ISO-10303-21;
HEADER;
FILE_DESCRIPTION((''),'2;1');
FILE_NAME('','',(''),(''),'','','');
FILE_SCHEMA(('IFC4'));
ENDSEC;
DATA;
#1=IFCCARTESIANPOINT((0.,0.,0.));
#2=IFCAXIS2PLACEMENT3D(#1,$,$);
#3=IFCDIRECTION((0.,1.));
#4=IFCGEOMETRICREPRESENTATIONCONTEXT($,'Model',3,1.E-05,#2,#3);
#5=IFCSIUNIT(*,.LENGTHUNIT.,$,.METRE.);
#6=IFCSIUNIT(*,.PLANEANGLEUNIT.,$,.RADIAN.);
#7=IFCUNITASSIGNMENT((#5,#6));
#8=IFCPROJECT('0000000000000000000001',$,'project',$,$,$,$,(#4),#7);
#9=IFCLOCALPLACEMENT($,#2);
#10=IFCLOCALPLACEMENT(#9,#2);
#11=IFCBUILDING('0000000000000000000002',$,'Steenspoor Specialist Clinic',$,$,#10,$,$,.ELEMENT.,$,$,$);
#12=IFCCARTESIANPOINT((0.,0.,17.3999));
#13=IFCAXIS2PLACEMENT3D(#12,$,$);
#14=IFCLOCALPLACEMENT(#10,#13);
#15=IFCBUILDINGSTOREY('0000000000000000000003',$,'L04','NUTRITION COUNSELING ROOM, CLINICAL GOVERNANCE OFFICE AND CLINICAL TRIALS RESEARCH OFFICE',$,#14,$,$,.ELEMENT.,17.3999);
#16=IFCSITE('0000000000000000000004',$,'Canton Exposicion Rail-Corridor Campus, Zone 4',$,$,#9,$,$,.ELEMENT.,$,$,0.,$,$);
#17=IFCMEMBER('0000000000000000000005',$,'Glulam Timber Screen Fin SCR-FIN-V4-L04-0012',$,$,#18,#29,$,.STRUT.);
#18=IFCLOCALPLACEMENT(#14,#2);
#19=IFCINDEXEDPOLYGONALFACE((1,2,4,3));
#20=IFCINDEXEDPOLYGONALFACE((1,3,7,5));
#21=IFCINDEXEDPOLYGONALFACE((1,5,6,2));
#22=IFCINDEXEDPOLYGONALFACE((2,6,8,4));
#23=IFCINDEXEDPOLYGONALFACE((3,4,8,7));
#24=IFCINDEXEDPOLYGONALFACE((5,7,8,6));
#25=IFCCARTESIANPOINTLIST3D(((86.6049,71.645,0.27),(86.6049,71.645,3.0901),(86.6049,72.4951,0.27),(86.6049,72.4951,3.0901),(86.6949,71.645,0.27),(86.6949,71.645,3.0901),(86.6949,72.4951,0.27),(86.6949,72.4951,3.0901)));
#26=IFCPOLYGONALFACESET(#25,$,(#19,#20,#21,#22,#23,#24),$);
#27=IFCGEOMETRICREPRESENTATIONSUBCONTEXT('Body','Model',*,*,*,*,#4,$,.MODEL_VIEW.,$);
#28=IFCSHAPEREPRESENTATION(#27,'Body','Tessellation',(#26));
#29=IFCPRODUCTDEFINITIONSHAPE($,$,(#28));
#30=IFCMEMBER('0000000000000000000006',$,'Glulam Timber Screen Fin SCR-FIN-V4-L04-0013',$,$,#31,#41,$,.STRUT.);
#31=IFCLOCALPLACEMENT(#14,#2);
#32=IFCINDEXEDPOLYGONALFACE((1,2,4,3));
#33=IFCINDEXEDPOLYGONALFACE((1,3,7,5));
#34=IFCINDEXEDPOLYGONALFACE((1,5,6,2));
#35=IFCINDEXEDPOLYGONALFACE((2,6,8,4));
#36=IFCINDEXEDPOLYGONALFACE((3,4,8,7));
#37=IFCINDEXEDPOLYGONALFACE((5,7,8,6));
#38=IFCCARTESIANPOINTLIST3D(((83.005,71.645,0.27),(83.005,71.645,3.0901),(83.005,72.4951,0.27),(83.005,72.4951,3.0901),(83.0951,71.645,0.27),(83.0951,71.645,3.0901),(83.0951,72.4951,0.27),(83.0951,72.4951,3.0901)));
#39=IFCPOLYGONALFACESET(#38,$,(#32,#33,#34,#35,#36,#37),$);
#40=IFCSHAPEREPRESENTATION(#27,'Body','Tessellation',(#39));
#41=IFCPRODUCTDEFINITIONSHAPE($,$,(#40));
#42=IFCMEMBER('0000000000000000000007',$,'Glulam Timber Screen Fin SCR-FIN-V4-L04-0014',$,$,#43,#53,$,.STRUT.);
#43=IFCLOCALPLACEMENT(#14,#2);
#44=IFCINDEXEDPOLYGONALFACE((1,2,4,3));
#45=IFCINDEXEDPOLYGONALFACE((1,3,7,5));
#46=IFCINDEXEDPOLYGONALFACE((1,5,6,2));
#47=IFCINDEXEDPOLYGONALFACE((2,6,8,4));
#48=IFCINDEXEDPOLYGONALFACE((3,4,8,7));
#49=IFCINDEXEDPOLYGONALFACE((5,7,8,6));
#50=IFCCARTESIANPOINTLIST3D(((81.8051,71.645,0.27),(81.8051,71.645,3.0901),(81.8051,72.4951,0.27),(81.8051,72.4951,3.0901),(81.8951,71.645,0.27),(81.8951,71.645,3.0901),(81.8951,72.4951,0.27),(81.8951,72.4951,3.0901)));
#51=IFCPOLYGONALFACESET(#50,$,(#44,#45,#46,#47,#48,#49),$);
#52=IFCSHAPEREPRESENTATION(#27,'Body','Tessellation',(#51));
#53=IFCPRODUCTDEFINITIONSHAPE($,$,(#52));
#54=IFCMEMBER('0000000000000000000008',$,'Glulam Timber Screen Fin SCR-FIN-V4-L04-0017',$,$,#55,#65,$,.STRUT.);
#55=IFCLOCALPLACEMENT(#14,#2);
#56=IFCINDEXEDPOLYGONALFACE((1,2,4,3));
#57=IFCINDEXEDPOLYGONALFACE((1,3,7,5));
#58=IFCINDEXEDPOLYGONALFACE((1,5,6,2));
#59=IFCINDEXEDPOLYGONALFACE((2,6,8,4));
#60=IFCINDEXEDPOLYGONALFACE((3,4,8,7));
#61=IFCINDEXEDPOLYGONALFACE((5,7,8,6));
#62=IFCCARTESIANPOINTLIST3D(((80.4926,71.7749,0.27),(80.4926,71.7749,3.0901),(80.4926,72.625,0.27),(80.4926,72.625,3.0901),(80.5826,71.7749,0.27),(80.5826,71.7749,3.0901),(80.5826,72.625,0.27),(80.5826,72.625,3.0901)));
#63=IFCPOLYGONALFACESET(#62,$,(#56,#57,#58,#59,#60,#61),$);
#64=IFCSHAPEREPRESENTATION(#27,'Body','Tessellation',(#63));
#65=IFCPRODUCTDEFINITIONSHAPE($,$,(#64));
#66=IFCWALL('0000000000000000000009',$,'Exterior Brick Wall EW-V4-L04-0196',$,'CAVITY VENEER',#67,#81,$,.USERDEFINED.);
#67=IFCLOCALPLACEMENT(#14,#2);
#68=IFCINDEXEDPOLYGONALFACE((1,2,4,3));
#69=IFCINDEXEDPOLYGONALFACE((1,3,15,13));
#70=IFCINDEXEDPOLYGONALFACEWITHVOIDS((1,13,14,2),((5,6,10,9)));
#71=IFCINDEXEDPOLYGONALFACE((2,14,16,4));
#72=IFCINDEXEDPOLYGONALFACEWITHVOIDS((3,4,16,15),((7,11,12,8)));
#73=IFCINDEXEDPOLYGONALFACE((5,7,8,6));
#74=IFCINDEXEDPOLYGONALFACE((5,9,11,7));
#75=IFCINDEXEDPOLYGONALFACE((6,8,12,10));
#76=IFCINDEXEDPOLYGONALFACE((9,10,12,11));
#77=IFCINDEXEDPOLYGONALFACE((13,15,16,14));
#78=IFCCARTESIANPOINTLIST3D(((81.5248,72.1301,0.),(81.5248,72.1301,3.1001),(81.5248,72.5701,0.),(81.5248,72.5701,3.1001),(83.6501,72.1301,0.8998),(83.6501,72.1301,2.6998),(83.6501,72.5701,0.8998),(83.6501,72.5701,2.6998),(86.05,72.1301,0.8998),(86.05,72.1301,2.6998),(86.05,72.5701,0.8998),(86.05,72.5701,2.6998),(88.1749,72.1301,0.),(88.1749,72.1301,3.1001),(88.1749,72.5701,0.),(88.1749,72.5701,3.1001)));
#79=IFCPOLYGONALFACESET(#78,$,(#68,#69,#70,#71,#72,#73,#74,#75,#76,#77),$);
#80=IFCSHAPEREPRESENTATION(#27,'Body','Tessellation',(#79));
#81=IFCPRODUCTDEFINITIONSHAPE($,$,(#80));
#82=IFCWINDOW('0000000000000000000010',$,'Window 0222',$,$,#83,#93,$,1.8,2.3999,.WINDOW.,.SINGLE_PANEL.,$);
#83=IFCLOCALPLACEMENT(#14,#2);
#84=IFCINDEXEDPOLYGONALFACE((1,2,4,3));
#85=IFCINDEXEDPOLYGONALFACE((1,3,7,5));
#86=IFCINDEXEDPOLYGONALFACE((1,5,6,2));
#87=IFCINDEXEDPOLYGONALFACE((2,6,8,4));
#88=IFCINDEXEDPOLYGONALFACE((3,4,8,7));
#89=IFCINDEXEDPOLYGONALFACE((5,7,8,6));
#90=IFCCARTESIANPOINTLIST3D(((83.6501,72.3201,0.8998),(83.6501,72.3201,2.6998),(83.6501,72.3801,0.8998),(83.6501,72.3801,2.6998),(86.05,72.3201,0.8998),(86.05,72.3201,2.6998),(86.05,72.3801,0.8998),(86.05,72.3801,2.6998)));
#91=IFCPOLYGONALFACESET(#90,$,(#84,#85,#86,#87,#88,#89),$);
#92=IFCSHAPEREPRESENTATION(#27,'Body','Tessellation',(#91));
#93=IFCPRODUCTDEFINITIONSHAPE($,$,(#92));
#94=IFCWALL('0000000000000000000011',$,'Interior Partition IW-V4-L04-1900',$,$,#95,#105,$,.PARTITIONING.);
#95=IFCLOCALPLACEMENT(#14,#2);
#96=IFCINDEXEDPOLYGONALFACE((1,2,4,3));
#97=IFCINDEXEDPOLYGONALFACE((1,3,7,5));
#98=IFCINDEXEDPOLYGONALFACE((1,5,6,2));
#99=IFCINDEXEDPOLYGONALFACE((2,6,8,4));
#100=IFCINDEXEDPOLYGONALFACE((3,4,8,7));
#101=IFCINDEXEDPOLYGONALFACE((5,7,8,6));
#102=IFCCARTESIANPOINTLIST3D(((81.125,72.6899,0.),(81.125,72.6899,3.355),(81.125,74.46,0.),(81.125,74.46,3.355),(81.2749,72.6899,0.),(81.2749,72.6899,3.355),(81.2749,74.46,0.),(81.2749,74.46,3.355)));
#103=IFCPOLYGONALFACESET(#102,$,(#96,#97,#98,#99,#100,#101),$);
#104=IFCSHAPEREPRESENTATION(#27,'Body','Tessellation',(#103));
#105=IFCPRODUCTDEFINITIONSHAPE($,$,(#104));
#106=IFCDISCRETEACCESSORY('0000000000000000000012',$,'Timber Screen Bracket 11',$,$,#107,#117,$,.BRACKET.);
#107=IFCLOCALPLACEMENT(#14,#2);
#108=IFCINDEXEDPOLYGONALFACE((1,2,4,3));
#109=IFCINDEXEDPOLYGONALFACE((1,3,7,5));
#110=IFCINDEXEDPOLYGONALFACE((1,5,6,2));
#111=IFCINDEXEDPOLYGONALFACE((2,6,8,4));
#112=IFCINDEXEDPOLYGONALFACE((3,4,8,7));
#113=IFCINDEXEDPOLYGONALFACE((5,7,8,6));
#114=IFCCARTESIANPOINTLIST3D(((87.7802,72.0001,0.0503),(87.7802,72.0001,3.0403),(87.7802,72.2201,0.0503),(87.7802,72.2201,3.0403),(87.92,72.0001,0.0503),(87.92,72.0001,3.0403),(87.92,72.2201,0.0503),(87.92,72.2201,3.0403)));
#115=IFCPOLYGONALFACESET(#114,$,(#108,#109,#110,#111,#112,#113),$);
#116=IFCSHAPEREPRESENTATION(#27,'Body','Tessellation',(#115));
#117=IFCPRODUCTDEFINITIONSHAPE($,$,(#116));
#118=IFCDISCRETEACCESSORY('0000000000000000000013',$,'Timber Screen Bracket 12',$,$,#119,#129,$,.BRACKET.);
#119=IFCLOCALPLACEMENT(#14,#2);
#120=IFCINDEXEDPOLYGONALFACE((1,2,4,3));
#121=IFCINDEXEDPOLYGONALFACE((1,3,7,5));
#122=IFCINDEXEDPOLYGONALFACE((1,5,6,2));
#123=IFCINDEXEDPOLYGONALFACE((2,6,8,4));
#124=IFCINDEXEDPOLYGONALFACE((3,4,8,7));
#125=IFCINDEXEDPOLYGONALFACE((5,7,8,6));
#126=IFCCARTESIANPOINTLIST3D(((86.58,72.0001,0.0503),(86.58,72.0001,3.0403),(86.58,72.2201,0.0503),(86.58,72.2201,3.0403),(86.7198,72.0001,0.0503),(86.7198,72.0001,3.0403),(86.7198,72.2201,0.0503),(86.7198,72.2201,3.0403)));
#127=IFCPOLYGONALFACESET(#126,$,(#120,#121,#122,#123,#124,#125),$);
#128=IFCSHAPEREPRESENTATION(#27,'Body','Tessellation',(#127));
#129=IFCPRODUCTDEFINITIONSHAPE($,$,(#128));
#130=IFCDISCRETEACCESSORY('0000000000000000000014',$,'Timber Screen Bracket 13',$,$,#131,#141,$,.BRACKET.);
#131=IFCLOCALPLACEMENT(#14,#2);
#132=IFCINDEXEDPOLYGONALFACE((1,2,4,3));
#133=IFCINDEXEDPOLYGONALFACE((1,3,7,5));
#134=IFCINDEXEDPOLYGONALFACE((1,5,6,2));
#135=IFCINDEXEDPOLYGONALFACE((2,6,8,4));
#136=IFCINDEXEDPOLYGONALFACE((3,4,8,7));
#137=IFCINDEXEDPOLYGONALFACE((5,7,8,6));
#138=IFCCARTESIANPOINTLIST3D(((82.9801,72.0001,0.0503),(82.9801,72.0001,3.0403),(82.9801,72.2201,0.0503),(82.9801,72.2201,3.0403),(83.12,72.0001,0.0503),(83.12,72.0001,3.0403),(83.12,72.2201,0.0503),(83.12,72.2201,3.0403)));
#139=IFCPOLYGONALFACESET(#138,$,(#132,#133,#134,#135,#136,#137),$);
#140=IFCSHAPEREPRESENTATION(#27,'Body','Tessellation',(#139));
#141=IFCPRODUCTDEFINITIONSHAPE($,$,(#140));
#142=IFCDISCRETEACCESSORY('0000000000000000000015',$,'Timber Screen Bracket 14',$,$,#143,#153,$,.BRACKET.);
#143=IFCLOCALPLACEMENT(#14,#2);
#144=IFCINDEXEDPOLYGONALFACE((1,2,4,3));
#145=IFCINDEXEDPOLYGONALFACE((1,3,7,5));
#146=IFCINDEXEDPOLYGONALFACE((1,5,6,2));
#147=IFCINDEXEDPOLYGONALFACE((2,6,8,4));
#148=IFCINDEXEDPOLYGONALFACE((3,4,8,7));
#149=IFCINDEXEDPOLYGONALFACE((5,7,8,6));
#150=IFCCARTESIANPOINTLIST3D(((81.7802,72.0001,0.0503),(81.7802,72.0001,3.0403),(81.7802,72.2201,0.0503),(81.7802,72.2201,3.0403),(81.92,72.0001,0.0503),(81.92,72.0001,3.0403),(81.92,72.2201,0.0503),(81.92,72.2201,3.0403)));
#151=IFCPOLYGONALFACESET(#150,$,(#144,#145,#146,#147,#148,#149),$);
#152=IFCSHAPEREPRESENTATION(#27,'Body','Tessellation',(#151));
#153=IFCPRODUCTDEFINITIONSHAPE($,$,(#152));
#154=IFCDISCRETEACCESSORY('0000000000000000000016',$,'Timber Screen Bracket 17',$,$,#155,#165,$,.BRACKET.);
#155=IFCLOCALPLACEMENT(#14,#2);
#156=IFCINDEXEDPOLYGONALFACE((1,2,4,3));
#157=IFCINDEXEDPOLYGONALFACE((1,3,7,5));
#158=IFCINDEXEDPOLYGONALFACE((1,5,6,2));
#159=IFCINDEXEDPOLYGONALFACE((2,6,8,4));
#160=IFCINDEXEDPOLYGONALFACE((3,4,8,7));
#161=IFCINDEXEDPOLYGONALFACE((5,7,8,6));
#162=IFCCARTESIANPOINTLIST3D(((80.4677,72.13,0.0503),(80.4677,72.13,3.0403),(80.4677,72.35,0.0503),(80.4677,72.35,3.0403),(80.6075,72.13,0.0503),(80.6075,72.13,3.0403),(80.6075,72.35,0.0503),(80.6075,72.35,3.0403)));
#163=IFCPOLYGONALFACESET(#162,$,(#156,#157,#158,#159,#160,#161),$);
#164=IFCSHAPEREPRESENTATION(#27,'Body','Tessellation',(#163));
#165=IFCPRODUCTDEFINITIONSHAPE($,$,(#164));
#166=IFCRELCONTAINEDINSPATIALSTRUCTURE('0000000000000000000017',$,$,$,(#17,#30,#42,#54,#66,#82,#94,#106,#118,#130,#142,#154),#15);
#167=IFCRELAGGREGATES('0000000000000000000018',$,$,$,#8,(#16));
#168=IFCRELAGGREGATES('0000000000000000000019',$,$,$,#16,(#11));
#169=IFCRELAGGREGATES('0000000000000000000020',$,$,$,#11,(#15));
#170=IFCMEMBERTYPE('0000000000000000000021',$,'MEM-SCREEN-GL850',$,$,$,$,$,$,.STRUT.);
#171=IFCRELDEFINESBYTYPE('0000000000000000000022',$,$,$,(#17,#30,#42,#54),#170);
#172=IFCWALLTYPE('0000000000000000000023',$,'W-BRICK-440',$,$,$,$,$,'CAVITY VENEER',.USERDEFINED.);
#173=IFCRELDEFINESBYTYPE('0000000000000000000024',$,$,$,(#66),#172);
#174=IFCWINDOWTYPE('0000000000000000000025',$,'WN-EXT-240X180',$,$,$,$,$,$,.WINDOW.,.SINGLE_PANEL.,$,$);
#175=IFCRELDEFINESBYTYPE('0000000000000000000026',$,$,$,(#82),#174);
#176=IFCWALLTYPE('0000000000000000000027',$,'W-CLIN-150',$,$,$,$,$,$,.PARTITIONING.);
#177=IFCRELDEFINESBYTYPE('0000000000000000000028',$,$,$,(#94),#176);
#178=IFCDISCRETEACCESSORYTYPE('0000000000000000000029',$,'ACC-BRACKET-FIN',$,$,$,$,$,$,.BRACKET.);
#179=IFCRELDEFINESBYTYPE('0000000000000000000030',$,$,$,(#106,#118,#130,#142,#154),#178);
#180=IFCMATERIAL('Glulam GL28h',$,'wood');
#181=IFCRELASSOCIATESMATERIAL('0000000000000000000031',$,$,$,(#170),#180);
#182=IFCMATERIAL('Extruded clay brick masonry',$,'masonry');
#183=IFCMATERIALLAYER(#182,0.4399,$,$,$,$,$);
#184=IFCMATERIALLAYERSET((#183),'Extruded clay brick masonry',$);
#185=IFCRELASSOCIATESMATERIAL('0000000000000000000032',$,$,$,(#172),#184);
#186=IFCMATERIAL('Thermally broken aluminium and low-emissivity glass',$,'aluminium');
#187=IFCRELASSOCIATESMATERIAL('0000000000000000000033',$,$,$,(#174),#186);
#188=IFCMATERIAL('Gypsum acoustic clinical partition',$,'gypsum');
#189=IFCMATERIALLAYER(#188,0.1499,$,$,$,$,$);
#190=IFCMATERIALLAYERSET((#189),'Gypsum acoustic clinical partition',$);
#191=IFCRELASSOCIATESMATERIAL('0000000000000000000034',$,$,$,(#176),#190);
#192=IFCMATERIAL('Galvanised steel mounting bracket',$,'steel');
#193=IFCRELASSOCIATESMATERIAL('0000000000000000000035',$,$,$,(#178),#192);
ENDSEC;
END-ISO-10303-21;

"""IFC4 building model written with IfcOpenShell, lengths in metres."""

from ifc_helpers import new_model, si_unit, direction, frame, frame_2d, origin, origin_2d, place, context, subcontext, project, spatial, rectangle, extrude, material, layer, layer_set, material_profile, profile_set, type_object, element, fill, save


model = new_model("IFC4")

# Units and contexts
model_context = context("Model", 3, precision=1e-05, world=origin(), true_north=direction((0.0, 1.0)))
body_context = subcontext(model_context, "Body", "Model", "MODEL_VIEW")
ifc_project = project(units=[si_unit("LENGTHUNIT", "METRE"), si_unit("PLANEANGLEUNIT", "RADIAN")], contexts=[model_context])

# Site, building, storey
site_placement = place(None, origin())
site = spatial("IfcSite", under=ifc_project, at=site_placement, Name="Canton Exposicion Rail-Corridor Campus, Zone 4", CompositionType="ELEMENT", RefElevation=0.0)
building_placement = place(site_placement, origin())
building = spatial("IfcBuilding", under=site, at=building_placement, Name="Steenspoor Specialist Clinic", CompositionType="ELEMENT")
storey_placement = place(building_placement, frame((0.0, 0.0, 17.3999)))
storey = spatial("IfcBuildingStorey", under=building, at=storey_placement, Name="L04", Description="NUTRITION COUNSELING ROOM, CLINICAL GOVERNANCE OFFICE AND CLINICAL TRIALS RESEARCH OFFICE", CompositionType="ELEMENT", Elevation=17.3999)

# Shared definitions
ifc_material_1 = material(Name="Glulam GL28h", Category="wood")

# Shared definitions
ifc_material_2 = material(Name="Thermally broken aluminium and low-emissivity glass", Category="aluminium")

# Members
ifc_material_profile_1 = material_profile(ifc_material_1, rectangle(XDim=0.0901, YDim=0.8501, at=origin_2d()), Name="GL28H-90X850")
ifc_profile_set_1 = profile_set([ifc_material_profile_1], Name="Glulam GL28h")
member_type_1 = type_object("IfcMemberType", Name="MEM-SCREEN-GL850", PredefinedType="STRUT", material=ifc_profile_set_1)
for number, where, z_axis, x_axis, name in (
    (1, (86.6499, 72.0701, 0.27), (0.0, 0.0, 1.0), (-1.0, 0.0, 0.0), "Glulam Timber Screen Fin SCR-FIN-V4-L04-0012"),
    (2, (83.05, 72.0701, 0.27), (0.0, 0.0, 1.0), (-1.0, 0.0, 0.0), "Glulam Timber Screen Fin SCR-FIN-V4-L04-0013"),
    (3, (81.8501, 72.0701, 0.27), (0.0, 0.0, 1.0), (-1.0, 0.0, 0.0), "Glulam Timber Screen Fin SCR-FIN-V4-L04-0014"),
    (4, (80.5376, 72.2, 0.27), (0.0, 0.0, 1.0), (-1.0, 0.0, 0.0), "Glulam Timber Screen Fin SCR-FIN-V4-L04-0017"),
):
    element("IfcMember", number, at=place(storey_placement, frame(where, z_axis=z_axis, x_axis=x_axis)), inside=storey, type_object=member_type_1, Name=name, PredefinedType="STRUT", context=body_context, shape_type="SweptSolid", body=[
        extrude(rectangle(XDim=0.0901, YDim=0.8501, at=origin_2d()), origin(), (0.0, 0.0, 1.0), 2.8201),
    ])

# Wall, opening, window
ifc_material_3 = material(Name="Extruded clay brick masonry", Category="masonry")
ifc_layer_1 = layer(ifc_material_3, 0.4399)
ifc_layer_set_1 = layer_set([ifc_layer_1], Name="Extruded clay brick masonry")
wall_type_1 = type_object("IfcWallType", Name="W-BRICK-440", ElementType="CAVITY VENEER", PredefinedType="USERDEFINED", material=ifc_layer_set_1)
wall_1_placement = place(storey_placement, frame((88.175, 72.3501, 0.0), z_axis=(0.0, 0.0, 1.0), x_axis=(-1.0, 0.0, 0.0)))
wall_1 = element("IfcWall", 5, at=wall_1_placement, inside=storey, type_object=wall_type_1, Name="Exterior Brick Wall EW-V4-L04-0196", ObjectType="CAVITY VENEER", PredefinedType="USERDEFINED", context=body_context, shape_type="SweptSolid", body=[
    extrude(rectangle(XDim=6.6501, YDim=0.4399, at=frame_2d((3.3252, 0.0))), origin(), (0.0, 0.0, 1.0), 3.1001),
])
opening_placement = place(wall_1_placement, frame((2.125, 0.0, 0.8999)))
opening = element("IfcOpeningElement", 6, at=opening_placement, cuts=wall_1, PredefinedType="OPENING", context=body_context, shape_type="SweptSolid", body=[
    extrude(rectangle(XDim=2.3999, YDim=1.8, at=frame_2d((1.2, 0.8999))), frame((0.0, 0.23, 0.0), z_axis=(0.0, -1.0, 0.0), x_axis=(1.0, 0.0, 0.0)), (0.0, 0.0, 1.0), 0.46),
])
window_type = type_object("IfcWindowType", Name="WN-EXT-240X180", PartitioningType="SINGLE_PANEL", PredefinedType="WINDOW", material=ifc_material_2)
window_placement = place(opening_placement, origin())
window = element("IfcWindow", 7, at=window_placement, inside=storey, type_object=window_type, Name="Window 0222", OverallHeight=1.8, OverallWidth=2.3999, PartitioningType="SINGLE_PANEL", PredefinedType="WINDOW", context=body_context, shape_type="SweptSolid", body=[
    extrude(rectangle(XDim=2.3999, YDim=1.8, at=frame_2d((1.2, 0.8999))), frame((0.0, 0.03, 0.0), z_axis=(0.0, -1.0, 0.0), x_axis=(1.0, 0.0, 0.0)), (0.0, 0.0, 1.0), 0.0601),
])
fill(opening, window)

# Wall
ifc_material_4 = material(Name="Gypsum acoustic clinical partition", Category="gypsum")
ifc_layer_2 = layer(ifc_material_4, 0.1499)
ifc_layer_set_2 = layer_set([ifc_layer_2], Name="Gypsum acoustic clinical partition")
wall_type_2 = type_object("IfcWallType", Name="W-CLIN-150", PredefinedType="PARTITIONING", material=ifc_layer_set_2)
wall_2_placement = place(storey_placement, frame((81.2, 72.6899, 0.0), z_axis=(0.0, 0.0, 1.0), x_axis=(0.0, 1.0, 0.0)))
element("IfcWall", 8, at=wall_2_placement, inside=storey, type_object=wall_type_2, Name="Interior Partition IW-V4-L04-1900", PredefinedType="PARTITIONING", context=body_context, shape_type="SweptSolid", body=[
    extrude(rectangle(XDim=1.77, YDim=0.1499, at=frame_2d((0.885, 0.0))), origin(), (0.0, 0.0, 1.0), 3.355),
])

# Discrete accessories
ifc_material_5 = material(Name="Galvanised steel mounting bracket", Category="steel")
discrete_accessory_type = type_object("IfcDiscreteAccessoryType", Name="ACC-BRACKET-FIN", PredefinedType="BRACKET", material=ifc_material_5)
for number, where, z_axis, x_axis, name in (
    (9, (87.8501, 72.1101, 0.0503), (0.0, 0.0, 1.0), (0.0, -1.0, 0.0), "Timber Screen Bracket 11"),
    (10, (86.6499, 72.1101, 0.0503), (0.0, 0.0, 1.0), (0.0, -1.0, 0.0), "Timber Screen Bracket 12"),
    (11, (83.05, 72.1101, 0.0503), (0.0, 0.0, 1.0), (0.0, -1.0, 0.0), "Timber Screen Bracket 13"),
    (12, (81.8501, 72.1101, 0.0503), (0.0, 0.0, 1.0), (0.0, -1.0, 0.0), "Timber Screen Bracket 14"),
    (13, (80.5376, 72.24, 0.0503), (0.0, 0.0, 1.0), (0.0, -1.0, 0.0), "Timber Screen Bracket 17"),
):
    element("IfcDiscreteAccessory", number, at=place(storey_placement, frame(where, z_axis=z_axis, x_axis=x_axis)), inside=storey, type_object=discrete_accessory_type, Name=name, PredefinedType="BRACKET", context=body_context, shape_type="SweptSolid", body=[
        extrude(rectangle(XDim=0.22, YDim=0.1399, at=origin_2d()), origin(), (0.0, 0.0, 1.0), 2.99),
    ])

save(model, "model.ifc")
